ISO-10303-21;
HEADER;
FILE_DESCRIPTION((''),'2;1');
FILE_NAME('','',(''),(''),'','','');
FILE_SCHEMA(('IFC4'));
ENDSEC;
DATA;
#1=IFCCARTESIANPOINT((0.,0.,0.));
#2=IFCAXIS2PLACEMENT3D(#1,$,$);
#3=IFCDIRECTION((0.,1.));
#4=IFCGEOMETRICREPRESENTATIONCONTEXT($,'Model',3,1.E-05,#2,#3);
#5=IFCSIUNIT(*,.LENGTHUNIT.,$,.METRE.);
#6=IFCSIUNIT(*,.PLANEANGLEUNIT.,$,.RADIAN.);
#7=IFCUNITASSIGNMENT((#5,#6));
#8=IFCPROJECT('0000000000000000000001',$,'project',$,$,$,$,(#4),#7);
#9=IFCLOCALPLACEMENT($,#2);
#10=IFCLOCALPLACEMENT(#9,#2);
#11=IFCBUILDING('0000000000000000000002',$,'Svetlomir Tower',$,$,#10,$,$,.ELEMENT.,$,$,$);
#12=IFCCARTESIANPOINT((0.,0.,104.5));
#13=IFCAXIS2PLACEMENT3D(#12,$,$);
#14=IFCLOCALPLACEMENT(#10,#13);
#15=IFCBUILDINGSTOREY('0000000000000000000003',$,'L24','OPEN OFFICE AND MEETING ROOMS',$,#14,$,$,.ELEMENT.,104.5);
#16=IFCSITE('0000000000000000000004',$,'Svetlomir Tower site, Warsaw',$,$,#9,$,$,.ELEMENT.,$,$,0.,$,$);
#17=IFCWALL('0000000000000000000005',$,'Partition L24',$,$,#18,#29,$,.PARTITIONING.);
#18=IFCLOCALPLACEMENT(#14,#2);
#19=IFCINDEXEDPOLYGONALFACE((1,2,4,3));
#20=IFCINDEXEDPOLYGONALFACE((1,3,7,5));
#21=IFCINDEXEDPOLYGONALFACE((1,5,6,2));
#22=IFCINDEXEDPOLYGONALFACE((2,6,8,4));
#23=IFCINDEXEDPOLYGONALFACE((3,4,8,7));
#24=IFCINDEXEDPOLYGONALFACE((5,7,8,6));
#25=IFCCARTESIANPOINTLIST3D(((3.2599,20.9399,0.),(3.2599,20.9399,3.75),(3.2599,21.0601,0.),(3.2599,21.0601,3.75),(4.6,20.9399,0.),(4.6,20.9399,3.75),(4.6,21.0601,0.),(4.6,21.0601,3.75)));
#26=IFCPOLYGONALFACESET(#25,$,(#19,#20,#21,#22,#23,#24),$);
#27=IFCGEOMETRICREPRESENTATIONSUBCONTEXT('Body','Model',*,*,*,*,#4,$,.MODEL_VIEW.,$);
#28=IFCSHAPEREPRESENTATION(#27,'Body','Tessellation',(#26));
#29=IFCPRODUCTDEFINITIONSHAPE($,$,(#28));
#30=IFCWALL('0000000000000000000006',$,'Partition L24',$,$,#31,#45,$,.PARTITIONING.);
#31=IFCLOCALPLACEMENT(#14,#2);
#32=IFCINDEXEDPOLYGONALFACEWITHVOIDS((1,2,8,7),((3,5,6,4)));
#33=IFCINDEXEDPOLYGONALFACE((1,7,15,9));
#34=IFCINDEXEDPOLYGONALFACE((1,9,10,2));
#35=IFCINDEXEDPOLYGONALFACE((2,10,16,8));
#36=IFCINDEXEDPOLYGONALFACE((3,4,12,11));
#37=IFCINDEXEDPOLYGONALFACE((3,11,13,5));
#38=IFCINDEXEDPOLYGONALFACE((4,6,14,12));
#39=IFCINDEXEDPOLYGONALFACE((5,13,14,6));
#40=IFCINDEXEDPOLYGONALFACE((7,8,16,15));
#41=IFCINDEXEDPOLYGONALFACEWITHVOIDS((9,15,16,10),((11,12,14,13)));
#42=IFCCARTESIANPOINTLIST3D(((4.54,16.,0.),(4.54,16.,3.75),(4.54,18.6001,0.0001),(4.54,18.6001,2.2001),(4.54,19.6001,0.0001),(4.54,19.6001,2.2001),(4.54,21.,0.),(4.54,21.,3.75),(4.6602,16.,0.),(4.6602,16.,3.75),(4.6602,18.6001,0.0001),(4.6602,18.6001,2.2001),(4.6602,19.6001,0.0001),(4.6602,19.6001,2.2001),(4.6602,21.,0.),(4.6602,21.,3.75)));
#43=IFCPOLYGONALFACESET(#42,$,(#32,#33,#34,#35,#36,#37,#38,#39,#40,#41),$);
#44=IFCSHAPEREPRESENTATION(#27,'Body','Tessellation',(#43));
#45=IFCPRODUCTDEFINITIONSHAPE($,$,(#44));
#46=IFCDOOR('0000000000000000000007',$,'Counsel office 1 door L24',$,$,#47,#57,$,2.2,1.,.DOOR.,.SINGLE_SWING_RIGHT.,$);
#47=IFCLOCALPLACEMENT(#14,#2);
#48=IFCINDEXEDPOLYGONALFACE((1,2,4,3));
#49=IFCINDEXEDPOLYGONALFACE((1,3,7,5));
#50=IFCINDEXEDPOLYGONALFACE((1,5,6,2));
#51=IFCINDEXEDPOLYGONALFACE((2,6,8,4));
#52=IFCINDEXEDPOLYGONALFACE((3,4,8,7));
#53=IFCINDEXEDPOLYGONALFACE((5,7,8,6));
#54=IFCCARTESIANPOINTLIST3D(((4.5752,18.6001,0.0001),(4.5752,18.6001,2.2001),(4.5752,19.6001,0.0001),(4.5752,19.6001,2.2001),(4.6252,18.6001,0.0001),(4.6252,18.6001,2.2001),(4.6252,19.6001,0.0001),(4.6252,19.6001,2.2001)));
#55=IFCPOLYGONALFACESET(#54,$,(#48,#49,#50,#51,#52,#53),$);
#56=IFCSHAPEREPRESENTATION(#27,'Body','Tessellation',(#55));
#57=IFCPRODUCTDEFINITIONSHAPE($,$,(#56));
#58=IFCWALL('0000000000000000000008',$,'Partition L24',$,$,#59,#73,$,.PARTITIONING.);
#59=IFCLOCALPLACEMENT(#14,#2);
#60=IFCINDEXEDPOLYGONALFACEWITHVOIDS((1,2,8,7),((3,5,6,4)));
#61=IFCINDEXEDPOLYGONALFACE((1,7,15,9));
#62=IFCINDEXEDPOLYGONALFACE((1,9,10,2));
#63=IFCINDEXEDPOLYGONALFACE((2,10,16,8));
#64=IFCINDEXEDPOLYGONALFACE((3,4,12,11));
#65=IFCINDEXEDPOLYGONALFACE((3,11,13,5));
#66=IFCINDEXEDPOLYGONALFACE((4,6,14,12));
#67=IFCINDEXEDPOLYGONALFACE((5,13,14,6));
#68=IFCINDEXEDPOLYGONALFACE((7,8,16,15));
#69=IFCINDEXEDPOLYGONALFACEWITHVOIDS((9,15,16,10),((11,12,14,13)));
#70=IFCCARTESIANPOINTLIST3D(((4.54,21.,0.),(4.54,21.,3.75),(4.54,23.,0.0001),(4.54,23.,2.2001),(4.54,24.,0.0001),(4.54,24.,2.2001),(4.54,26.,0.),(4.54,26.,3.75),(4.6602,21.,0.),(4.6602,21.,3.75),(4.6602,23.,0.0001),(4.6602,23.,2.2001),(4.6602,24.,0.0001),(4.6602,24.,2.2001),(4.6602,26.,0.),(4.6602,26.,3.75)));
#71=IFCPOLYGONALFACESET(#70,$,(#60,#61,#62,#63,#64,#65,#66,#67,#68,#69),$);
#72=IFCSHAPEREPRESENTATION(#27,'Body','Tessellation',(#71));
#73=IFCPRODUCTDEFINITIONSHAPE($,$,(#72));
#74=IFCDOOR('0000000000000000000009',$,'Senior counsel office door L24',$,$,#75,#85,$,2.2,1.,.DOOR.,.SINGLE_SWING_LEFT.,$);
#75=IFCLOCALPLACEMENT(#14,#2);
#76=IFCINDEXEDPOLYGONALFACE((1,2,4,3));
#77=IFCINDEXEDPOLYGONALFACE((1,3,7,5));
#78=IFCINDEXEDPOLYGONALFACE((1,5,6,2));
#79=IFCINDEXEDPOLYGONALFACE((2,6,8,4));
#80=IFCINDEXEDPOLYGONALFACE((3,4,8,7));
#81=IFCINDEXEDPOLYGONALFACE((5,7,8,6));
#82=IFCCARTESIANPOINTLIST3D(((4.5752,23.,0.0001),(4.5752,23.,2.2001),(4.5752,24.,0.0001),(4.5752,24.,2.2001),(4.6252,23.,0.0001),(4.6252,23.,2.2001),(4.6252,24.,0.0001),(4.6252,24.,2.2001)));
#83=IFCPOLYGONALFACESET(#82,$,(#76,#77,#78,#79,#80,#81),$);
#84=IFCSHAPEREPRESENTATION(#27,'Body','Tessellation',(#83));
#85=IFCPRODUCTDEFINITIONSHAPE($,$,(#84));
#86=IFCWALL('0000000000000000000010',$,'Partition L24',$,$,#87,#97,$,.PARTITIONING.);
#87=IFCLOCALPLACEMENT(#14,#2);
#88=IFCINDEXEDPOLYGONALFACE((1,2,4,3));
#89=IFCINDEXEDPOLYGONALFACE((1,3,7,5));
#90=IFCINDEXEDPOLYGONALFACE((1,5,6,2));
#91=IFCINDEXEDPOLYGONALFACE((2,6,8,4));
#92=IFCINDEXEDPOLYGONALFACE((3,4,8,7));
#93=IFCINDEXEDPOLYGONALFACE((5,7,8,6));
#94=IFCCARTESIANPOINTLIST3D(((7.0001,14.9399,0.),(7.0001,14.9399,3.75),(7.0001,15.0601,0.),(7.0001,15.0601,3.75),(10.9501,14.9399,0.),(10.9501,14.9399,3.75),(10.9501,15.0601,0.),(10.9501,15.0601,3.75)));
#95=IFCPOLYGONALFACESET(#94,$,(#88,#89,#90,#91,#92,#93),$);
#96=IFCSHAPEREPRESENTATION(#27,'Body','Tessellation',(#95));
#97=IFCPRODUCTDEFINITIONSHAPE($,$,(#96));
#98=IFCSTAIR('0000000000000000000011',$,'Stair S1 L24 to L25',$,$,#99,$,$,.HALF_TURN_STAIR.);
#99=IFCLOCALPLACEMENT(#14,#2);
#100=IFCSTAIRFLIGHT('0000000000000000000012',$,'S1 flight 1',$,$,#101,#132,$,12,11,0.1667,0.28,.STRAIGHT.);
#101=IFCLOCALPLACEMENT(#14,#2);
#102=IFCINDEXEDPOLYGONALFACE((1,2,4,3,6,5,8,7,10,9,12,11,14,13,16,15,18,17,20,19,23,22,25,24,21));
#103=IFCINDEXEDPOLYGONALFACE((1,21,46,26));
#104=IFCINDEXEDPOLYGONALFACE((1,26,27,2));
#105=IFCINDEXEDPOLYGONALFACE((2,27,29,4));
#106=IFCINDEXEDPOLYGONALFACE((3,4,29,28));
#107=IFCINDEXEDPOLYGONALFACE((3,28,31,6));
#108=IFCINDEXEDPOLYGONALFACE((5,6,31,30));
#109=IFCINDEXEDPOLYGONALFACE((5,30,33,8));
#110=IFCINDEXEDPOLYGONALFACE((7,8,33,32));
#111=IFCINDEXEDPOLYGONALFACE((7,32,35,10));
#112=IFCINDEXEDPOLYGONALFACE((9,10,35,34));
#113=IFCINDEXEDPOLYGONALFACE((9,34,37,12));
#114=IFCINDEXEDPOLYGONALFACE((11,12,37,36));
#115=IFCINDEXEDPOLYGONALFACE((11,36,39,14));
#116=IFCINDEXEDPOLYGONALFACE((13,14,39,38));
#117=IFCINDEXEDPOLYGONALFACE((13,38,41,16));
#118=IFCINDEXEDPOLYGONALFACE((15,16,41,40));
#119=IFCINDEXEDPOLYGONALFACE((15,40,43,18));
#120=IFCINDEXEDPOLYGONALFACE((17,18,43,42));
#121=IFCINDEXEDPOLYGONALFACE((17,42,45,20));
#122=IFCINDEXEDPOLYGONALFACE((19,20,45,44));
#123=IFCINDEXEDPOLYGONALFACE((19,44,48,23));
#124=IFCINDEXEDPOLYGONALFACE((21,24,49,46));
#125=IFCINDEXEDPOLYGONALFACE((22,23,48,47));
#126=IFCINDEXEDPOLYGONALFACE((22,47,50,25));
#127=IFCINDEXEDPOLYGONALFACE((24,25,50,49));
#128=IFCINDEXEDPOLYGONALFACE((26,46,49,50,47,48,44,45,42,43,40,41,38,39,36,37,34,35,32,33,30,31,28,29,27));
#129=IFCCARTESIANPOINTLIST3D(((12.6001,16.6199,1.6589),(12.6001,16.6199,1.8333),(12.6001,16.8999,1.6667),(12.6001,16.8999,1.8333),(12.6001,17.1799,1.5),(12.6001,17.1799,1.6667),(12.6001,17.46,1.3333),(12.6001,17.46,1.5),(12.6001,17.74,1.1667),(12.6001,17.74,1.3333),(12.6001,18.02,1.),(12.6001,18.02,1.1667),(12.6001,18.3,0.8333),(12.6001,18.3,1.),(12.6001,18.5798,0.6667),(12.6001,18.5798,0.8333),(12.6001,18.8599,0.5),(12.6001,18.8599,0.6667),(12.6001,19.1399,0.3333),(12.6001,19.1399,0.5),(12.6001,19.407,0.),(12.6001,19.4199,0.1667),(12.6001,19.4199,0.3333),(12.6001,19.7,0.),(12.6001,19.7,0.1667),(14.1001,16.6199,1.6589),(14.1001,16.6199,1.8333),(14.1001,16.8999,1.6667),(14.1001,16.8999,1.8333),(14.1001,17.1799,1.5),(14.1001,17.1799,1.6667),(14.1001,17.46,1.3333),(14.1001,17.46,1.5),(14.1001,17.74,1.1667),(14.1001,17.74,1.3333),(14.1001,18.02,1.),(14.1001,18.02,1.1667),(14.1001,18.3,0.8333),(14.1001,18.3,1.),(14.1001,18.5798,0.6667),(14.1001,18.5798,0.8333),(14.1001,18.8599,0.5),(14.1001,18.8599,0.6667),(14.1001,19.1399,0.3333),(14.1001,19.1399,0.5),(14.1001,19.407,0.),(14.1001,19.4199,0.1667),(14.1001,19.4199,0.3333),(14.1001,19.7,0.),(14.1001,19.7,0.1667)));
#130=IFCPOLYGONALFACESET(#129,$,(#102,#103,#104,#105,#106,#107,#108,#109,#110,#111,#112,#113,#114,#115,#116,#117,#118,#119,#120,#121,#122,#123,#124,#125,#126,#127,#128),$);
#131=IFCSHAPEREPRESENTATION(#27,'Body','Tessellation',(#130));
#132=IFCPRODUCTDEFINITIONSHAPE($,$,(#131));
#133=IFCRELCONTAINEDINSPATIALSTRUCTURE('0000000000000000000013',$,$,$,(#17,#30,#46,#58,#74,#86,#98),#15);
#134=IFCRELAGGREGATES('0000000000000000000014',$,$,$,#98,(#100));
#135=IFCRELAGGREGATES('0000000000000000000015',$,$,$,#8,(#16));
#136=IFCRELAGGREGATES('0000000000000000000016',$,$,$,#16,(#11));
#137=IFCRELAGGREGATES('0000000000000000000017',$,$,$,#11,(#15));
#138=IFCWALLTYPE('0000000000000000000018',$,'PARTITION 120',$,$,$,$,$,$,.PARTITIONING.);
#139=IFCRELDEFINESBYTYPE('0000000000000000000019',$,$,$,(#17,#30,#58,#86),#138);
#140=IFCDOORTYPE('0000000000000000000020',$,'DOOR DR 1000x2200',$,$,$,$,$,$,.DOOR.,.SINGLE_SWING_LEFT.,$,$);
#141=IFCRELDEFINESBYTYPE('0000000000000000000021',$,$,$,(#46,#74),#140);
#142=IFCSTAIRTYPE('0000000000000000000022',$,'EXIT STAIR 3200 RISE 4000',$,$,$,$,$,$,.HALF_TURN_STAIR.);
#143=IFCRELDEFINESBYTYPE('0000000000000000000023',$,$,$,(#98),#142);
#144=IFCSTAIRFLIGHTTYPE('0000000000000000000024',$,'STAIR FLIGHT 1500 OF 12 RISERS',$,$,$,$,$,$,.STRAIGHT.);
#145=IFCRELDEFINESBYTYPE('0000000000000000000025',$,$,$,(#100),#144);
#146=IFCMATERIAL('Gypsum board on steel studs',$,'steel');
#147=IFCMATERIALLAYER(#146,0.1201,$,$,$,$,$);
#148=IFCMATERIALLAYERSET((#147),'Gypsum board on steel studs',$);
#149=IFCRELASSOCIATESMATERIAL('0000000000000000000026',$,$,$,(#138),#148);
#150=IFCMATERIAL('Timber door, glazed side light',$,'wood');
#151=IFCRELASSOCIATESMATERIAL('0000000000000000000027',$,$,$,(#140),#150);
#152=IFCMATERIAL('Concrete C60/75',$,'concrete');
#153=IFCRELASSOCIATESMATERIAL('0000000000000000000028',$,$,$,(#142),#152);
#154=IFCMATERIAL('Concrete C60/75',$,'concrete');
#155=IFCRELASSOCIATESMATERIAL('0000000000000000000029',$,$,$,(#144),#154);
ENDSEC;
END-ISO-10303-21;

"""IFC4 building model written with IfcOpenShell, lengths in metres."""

from ifc_helpers import new_model, si_unit, direction, frame, frame_2d, origin, place, context, subcontext, project, spatial, polyline, rectangle, outline, extrude, material, layer, layer_set, type_object, element, fill, aggregate, save


model = new_model("IFC4")

# Units and contexts
model_context = context("Model", 3, precision=1e-05, world=origin(), true_north=direction((0.0, 1.0)))
body_context = subcontext(model_context, "Body", "Model", "MODEL_VIEW")
ifc_project = project(units=[si_unit("LENGTHUNIT", "METRE"), si_unit("PLANEANGLEUNIT", "RADIAN")], contexts=[model_context])

# Site, building, storey
site_placement = place(None, origin())
site = spatial("IfcSite", under=ifc_project, at=site_placement, Name="Svetlomir Tower site, Warsaw", CompositionType="ELEMENT", RefElevation=0.0)
building_placement = place(site_placement, origin())
building = spatial("IfcBuilding", under=site, at=building_placement, Name="Svetlomir Tower", CompositionType="ELEMENT")
storey_placement = place(building_placement, frame((0.0, 0.0, 104.5)))
storey = spatial("IfcBuildingStorey", under=building, at=storey_placement, Name="L24", Description="OPEN OFFICE AND MEETING ROOMS", CompositionType="ELEMENT", Elevation=104.5)

# Wall
ifc_material_1 = material(Name="Gypsum board on steel studs", Category="steel")
ifc_layer_1 = layer(ifc_material_1, 0.1201)
ifc_layer_set_1 = layer_set([ifc_layer_1], Name="Gypsum board on steel studs")
wall_type_1 = type_object("IfcWallType", Name="PARTITION 120", PredefinedType="PARTITIONING", material=ifc_layer_set_1)
wall_1_placement = place(storey_placement, frame((3.26, 21.0, 0.0), z_axis=(0.0, 0.0, 1.0), x_axis=(1.0, 0.0, 0.0)))
element("IfcWall", 1, at=wall_1_placement, inside=storey, type_object=wall_type_1, Name="Partition L24", PredefinedType="PARTITIONING", context=body_context, shape_type="SweptSolid", body=[
    extrude(rectangle(XDim=1.3401, YDim=0.1201, at=frame_2d((0.6699, 0.0))), origin(), (0.0, 0.0, 1.0), 3.75),
])

# Walls, openings, doors
wall_2_placement = place(storey_placement, frame((4.6001, 16.0, 0.0), z_axis=(0.0, 0.0, 1.0), x_axis=(0.0, 1.0, 0.0)))
wall_2 = element("IfcWall", 2, at=wall_2_placement, inside=storey, type_object=wall_type_1, Name="Partition L24", PredefinedType="PARTITIONING", context=body_context, shape_type="SweptSolid", body=[
    extrude(rectangle(XDim=5.0, YDim=0.1201, at=frame_2d((2.5, 0.0))), origin(), (0.0, 0.0, 1.0), 3.75),
])
opening_1_placement = place(wall_2_placement, frame((2.6001, 0.0, 0.0)))
opening_1 = element("IfcOpeningElement", 3, at=opening_1_placement, cuts=wall_2, PredefinedType="OPENING", context=body_context, shape_type="SweptSolid", body=[
    extrude(rectangle(XDim=1.0, YDim=2.2, at=frame_2d((0.5, 1.1001))), frame((0.0, 0.0701, 0.0), z_axis=(0.0, -1.0, 0.0), x_axis=(1.0, 0.0, 0.0)), (0.0, 0.0, 1.0), 0.1401),
])
ifc_material_2 = material(Name="Timber door, glazed side light", Category="wood")
door_type_1 = type_object("IfcDoorType", Name="DOOR DR 1000x2200", OperationType="SINGLE_SWING_LEFT", PredefinedType="DOOR", material=ifc_material_2)
door_1_placement = place(opening_1_placement, origin())
door_1 = element("IfcDoor", 4, at=door_1_placement, inside=storey, type_object=door_type_1, Name="Counsel office 1 door L24", OperationType="SINGLE_SWING_RIGHT", OverallHeight=2.2, OverallWidth=1.0, PredefinedType="DOOR", context=body_context, shape_type="SweptSolid", body=[
    extrude(rectangle(XDim=1.0, YDim=2.2, at=frame_2d((0.5, 1.1001))), frame((0.0, 0.0249, 0.0), z_axis=(0.0, -1.0, 0.0), x_axis=(1.0, 0.0, 0.0)), (0.0, 0.0, 1.0), 0.05),
])
fill(opening_1, door_1)
wall_3_placement = place(storey_placement, frame((4.6001, 21.0, 0.0), z_axis=(0.0, 0.0, 1.0), x_axis=(0.0, 1.0, 0.0)))
wall_3 = element("IfcWall", 5, at=wall_3_placement, inside=storey, type_object=wall_type_1, Name="Partition L24", PredefinedType="PARTITIONING", context=body_context, shape_type="SweptSolid", body=[
    extrude(rectangle(XDim=5.0, YDim=0.1201, at=frame_2d((2.5, 0.0))), origin(), (0.0, 0.0, 1.0), 3.75),
])
opening_2_placement = place(wall_3_placement, frame((2.0, 0.0, 0.0)))
opening_2 = element("IfcOpeningElement", 6, at=opening_2_placement, cuts=wall_3, PredefinedType="OPENING", context=body_context, shape_type="SweptSolid", body=[
    extrude(rectangle(XDim=1.0, YDim=2.2, at=frame_2d((0.5, 1.1001))), frame((0.0, 0.0701, 0.0), z_axis=(0.0, -1.0, 0.0), x_axis=(1.0, 0.0, 0.0)), (0.0, 0.0, 1.0), 0.1401),
])
door_2_placement = place(opening_2_placement, origin())
door_2 = element("IfcDoor", 7, at=door_2_placement, inside=storey, type_object=door_type_1, Name="Senior counsel office door L24", OperationType="SINGLE_SWING_LEFT", OverallHeight=2.2, OverallWidth=1.0, PredefinedType="DOOR", context=body_context, shape_type="SweptSolid", body=[
    extrude(rectangle(XDim=1.0, YDim=2.2, at=frame_2d((0.5, 1.1001))), frame((0.0, 0.0249, 0.0), z_axis=(0.0, -1.0, 0.0), x_axis=(1.0, 0.0, 0.0)), (0.0, 0.0, 1.0), 0.05),
])
fill(opening_2, door_2)

# Wall
wall_4_placement = place(storey_placement, frame((7.0, 15.0, 0.0), z_axis=(0.0, 0.0, 1.0), x_axis=(1.0, 0.0, 0.0)))
element("IfcWall", 8, at=wall_4_placement, inside=storey, type_object=wall_type_1, Name="Partition L24", PredefinedType="PARTITIONING", context=body_context, shape_type="SweptSolid", body=[
    extrude(rectangle(XDim=3.95, YDim=0.1201, at=frame_2d((1.9751, 0.0))), origin(), (0.0, 0.0, 1.0), 3.75),
])

# Stair, stair flight
ifc_material_3 = material(Name="Concrete C60/75", Category="concrete")
stair_type = type_object("IfcStairType", Name="EXIT STAIR 3200 RISE 4000", PredefinedType="HALF_TURN_STAIR", material=ifc_material_3)
stair_placement = place(storey_placement, origin())
stair = element("IfcStair", 9, at=stair_placement, inside=storey, type_object=stair_type, Name="Stair S1 L24 to L25", PredefinedType="HALF_TURN_STAIR")
ifc_material_4 = material(Name="Concrete C60/75", Category="concrete")
stair_flight_type = type_object("IfcStairFlightType", Name="STAIR FLIGHT 1500 OF 12 RISERS", PredefinedType="STRAIGHT", material=ifc_material_4)
stair_flight_placement = place(storey_placement, frame((13.3501, 19.7, 0.0), z_axis=(0.0, 0.0, 1.0), x_axis=(0.0, -1.0, 0.0)))
stair_flight = element("IfcStairFlight", 10, at=stair_flight_placement, type_object=stair_flight_type, Name="S1 flight 1", NumberOfRisers=12, NumberOfTreads=11, PredefinedType="STRAIGHT", RiserHeight=0.1667, TreadLength=0.28, context=body_context, shape_type="SweptSolid", body=[
    extrude(outline(polyline([(0.0, 0.0), (0.0, 0.1667), (0.28, 0.1667), (0.28, 0.3333), (0.5601, 0.3333), (0.5601, 0.5), (0.8401, 0.5), (0.8401, 0.6667), (1.1201, 0.6667), (1.1201, 0.8333), (1.3999, 0.8333), (1.3999, 1.0), (1.6799, 1.0), (1.6799, 1.1667), (1.96, 1.1667), (1.96, 1.3333), (2.24, 1.3333), (2.24, 1.5), (2.52, 1.5), (2.52, 1.6667), (2.8, 1.6667), (2.8, 1.8333), (3.0801, 1.8333), (3.0801, 2.0), (3.0801, 1.6589), (0.293, 0.0), (0.0, 0.0)])), frame((0.0, 0.75, 0.0), z_axis=(0.0, -1.0, 0.0), x_axis=(1.0, 0.0, 0.0)), (0.0, 0.0, 1.0), 1.5),
])
aggregate(stair, [stair_flight])

save(model, "model.ifc")
